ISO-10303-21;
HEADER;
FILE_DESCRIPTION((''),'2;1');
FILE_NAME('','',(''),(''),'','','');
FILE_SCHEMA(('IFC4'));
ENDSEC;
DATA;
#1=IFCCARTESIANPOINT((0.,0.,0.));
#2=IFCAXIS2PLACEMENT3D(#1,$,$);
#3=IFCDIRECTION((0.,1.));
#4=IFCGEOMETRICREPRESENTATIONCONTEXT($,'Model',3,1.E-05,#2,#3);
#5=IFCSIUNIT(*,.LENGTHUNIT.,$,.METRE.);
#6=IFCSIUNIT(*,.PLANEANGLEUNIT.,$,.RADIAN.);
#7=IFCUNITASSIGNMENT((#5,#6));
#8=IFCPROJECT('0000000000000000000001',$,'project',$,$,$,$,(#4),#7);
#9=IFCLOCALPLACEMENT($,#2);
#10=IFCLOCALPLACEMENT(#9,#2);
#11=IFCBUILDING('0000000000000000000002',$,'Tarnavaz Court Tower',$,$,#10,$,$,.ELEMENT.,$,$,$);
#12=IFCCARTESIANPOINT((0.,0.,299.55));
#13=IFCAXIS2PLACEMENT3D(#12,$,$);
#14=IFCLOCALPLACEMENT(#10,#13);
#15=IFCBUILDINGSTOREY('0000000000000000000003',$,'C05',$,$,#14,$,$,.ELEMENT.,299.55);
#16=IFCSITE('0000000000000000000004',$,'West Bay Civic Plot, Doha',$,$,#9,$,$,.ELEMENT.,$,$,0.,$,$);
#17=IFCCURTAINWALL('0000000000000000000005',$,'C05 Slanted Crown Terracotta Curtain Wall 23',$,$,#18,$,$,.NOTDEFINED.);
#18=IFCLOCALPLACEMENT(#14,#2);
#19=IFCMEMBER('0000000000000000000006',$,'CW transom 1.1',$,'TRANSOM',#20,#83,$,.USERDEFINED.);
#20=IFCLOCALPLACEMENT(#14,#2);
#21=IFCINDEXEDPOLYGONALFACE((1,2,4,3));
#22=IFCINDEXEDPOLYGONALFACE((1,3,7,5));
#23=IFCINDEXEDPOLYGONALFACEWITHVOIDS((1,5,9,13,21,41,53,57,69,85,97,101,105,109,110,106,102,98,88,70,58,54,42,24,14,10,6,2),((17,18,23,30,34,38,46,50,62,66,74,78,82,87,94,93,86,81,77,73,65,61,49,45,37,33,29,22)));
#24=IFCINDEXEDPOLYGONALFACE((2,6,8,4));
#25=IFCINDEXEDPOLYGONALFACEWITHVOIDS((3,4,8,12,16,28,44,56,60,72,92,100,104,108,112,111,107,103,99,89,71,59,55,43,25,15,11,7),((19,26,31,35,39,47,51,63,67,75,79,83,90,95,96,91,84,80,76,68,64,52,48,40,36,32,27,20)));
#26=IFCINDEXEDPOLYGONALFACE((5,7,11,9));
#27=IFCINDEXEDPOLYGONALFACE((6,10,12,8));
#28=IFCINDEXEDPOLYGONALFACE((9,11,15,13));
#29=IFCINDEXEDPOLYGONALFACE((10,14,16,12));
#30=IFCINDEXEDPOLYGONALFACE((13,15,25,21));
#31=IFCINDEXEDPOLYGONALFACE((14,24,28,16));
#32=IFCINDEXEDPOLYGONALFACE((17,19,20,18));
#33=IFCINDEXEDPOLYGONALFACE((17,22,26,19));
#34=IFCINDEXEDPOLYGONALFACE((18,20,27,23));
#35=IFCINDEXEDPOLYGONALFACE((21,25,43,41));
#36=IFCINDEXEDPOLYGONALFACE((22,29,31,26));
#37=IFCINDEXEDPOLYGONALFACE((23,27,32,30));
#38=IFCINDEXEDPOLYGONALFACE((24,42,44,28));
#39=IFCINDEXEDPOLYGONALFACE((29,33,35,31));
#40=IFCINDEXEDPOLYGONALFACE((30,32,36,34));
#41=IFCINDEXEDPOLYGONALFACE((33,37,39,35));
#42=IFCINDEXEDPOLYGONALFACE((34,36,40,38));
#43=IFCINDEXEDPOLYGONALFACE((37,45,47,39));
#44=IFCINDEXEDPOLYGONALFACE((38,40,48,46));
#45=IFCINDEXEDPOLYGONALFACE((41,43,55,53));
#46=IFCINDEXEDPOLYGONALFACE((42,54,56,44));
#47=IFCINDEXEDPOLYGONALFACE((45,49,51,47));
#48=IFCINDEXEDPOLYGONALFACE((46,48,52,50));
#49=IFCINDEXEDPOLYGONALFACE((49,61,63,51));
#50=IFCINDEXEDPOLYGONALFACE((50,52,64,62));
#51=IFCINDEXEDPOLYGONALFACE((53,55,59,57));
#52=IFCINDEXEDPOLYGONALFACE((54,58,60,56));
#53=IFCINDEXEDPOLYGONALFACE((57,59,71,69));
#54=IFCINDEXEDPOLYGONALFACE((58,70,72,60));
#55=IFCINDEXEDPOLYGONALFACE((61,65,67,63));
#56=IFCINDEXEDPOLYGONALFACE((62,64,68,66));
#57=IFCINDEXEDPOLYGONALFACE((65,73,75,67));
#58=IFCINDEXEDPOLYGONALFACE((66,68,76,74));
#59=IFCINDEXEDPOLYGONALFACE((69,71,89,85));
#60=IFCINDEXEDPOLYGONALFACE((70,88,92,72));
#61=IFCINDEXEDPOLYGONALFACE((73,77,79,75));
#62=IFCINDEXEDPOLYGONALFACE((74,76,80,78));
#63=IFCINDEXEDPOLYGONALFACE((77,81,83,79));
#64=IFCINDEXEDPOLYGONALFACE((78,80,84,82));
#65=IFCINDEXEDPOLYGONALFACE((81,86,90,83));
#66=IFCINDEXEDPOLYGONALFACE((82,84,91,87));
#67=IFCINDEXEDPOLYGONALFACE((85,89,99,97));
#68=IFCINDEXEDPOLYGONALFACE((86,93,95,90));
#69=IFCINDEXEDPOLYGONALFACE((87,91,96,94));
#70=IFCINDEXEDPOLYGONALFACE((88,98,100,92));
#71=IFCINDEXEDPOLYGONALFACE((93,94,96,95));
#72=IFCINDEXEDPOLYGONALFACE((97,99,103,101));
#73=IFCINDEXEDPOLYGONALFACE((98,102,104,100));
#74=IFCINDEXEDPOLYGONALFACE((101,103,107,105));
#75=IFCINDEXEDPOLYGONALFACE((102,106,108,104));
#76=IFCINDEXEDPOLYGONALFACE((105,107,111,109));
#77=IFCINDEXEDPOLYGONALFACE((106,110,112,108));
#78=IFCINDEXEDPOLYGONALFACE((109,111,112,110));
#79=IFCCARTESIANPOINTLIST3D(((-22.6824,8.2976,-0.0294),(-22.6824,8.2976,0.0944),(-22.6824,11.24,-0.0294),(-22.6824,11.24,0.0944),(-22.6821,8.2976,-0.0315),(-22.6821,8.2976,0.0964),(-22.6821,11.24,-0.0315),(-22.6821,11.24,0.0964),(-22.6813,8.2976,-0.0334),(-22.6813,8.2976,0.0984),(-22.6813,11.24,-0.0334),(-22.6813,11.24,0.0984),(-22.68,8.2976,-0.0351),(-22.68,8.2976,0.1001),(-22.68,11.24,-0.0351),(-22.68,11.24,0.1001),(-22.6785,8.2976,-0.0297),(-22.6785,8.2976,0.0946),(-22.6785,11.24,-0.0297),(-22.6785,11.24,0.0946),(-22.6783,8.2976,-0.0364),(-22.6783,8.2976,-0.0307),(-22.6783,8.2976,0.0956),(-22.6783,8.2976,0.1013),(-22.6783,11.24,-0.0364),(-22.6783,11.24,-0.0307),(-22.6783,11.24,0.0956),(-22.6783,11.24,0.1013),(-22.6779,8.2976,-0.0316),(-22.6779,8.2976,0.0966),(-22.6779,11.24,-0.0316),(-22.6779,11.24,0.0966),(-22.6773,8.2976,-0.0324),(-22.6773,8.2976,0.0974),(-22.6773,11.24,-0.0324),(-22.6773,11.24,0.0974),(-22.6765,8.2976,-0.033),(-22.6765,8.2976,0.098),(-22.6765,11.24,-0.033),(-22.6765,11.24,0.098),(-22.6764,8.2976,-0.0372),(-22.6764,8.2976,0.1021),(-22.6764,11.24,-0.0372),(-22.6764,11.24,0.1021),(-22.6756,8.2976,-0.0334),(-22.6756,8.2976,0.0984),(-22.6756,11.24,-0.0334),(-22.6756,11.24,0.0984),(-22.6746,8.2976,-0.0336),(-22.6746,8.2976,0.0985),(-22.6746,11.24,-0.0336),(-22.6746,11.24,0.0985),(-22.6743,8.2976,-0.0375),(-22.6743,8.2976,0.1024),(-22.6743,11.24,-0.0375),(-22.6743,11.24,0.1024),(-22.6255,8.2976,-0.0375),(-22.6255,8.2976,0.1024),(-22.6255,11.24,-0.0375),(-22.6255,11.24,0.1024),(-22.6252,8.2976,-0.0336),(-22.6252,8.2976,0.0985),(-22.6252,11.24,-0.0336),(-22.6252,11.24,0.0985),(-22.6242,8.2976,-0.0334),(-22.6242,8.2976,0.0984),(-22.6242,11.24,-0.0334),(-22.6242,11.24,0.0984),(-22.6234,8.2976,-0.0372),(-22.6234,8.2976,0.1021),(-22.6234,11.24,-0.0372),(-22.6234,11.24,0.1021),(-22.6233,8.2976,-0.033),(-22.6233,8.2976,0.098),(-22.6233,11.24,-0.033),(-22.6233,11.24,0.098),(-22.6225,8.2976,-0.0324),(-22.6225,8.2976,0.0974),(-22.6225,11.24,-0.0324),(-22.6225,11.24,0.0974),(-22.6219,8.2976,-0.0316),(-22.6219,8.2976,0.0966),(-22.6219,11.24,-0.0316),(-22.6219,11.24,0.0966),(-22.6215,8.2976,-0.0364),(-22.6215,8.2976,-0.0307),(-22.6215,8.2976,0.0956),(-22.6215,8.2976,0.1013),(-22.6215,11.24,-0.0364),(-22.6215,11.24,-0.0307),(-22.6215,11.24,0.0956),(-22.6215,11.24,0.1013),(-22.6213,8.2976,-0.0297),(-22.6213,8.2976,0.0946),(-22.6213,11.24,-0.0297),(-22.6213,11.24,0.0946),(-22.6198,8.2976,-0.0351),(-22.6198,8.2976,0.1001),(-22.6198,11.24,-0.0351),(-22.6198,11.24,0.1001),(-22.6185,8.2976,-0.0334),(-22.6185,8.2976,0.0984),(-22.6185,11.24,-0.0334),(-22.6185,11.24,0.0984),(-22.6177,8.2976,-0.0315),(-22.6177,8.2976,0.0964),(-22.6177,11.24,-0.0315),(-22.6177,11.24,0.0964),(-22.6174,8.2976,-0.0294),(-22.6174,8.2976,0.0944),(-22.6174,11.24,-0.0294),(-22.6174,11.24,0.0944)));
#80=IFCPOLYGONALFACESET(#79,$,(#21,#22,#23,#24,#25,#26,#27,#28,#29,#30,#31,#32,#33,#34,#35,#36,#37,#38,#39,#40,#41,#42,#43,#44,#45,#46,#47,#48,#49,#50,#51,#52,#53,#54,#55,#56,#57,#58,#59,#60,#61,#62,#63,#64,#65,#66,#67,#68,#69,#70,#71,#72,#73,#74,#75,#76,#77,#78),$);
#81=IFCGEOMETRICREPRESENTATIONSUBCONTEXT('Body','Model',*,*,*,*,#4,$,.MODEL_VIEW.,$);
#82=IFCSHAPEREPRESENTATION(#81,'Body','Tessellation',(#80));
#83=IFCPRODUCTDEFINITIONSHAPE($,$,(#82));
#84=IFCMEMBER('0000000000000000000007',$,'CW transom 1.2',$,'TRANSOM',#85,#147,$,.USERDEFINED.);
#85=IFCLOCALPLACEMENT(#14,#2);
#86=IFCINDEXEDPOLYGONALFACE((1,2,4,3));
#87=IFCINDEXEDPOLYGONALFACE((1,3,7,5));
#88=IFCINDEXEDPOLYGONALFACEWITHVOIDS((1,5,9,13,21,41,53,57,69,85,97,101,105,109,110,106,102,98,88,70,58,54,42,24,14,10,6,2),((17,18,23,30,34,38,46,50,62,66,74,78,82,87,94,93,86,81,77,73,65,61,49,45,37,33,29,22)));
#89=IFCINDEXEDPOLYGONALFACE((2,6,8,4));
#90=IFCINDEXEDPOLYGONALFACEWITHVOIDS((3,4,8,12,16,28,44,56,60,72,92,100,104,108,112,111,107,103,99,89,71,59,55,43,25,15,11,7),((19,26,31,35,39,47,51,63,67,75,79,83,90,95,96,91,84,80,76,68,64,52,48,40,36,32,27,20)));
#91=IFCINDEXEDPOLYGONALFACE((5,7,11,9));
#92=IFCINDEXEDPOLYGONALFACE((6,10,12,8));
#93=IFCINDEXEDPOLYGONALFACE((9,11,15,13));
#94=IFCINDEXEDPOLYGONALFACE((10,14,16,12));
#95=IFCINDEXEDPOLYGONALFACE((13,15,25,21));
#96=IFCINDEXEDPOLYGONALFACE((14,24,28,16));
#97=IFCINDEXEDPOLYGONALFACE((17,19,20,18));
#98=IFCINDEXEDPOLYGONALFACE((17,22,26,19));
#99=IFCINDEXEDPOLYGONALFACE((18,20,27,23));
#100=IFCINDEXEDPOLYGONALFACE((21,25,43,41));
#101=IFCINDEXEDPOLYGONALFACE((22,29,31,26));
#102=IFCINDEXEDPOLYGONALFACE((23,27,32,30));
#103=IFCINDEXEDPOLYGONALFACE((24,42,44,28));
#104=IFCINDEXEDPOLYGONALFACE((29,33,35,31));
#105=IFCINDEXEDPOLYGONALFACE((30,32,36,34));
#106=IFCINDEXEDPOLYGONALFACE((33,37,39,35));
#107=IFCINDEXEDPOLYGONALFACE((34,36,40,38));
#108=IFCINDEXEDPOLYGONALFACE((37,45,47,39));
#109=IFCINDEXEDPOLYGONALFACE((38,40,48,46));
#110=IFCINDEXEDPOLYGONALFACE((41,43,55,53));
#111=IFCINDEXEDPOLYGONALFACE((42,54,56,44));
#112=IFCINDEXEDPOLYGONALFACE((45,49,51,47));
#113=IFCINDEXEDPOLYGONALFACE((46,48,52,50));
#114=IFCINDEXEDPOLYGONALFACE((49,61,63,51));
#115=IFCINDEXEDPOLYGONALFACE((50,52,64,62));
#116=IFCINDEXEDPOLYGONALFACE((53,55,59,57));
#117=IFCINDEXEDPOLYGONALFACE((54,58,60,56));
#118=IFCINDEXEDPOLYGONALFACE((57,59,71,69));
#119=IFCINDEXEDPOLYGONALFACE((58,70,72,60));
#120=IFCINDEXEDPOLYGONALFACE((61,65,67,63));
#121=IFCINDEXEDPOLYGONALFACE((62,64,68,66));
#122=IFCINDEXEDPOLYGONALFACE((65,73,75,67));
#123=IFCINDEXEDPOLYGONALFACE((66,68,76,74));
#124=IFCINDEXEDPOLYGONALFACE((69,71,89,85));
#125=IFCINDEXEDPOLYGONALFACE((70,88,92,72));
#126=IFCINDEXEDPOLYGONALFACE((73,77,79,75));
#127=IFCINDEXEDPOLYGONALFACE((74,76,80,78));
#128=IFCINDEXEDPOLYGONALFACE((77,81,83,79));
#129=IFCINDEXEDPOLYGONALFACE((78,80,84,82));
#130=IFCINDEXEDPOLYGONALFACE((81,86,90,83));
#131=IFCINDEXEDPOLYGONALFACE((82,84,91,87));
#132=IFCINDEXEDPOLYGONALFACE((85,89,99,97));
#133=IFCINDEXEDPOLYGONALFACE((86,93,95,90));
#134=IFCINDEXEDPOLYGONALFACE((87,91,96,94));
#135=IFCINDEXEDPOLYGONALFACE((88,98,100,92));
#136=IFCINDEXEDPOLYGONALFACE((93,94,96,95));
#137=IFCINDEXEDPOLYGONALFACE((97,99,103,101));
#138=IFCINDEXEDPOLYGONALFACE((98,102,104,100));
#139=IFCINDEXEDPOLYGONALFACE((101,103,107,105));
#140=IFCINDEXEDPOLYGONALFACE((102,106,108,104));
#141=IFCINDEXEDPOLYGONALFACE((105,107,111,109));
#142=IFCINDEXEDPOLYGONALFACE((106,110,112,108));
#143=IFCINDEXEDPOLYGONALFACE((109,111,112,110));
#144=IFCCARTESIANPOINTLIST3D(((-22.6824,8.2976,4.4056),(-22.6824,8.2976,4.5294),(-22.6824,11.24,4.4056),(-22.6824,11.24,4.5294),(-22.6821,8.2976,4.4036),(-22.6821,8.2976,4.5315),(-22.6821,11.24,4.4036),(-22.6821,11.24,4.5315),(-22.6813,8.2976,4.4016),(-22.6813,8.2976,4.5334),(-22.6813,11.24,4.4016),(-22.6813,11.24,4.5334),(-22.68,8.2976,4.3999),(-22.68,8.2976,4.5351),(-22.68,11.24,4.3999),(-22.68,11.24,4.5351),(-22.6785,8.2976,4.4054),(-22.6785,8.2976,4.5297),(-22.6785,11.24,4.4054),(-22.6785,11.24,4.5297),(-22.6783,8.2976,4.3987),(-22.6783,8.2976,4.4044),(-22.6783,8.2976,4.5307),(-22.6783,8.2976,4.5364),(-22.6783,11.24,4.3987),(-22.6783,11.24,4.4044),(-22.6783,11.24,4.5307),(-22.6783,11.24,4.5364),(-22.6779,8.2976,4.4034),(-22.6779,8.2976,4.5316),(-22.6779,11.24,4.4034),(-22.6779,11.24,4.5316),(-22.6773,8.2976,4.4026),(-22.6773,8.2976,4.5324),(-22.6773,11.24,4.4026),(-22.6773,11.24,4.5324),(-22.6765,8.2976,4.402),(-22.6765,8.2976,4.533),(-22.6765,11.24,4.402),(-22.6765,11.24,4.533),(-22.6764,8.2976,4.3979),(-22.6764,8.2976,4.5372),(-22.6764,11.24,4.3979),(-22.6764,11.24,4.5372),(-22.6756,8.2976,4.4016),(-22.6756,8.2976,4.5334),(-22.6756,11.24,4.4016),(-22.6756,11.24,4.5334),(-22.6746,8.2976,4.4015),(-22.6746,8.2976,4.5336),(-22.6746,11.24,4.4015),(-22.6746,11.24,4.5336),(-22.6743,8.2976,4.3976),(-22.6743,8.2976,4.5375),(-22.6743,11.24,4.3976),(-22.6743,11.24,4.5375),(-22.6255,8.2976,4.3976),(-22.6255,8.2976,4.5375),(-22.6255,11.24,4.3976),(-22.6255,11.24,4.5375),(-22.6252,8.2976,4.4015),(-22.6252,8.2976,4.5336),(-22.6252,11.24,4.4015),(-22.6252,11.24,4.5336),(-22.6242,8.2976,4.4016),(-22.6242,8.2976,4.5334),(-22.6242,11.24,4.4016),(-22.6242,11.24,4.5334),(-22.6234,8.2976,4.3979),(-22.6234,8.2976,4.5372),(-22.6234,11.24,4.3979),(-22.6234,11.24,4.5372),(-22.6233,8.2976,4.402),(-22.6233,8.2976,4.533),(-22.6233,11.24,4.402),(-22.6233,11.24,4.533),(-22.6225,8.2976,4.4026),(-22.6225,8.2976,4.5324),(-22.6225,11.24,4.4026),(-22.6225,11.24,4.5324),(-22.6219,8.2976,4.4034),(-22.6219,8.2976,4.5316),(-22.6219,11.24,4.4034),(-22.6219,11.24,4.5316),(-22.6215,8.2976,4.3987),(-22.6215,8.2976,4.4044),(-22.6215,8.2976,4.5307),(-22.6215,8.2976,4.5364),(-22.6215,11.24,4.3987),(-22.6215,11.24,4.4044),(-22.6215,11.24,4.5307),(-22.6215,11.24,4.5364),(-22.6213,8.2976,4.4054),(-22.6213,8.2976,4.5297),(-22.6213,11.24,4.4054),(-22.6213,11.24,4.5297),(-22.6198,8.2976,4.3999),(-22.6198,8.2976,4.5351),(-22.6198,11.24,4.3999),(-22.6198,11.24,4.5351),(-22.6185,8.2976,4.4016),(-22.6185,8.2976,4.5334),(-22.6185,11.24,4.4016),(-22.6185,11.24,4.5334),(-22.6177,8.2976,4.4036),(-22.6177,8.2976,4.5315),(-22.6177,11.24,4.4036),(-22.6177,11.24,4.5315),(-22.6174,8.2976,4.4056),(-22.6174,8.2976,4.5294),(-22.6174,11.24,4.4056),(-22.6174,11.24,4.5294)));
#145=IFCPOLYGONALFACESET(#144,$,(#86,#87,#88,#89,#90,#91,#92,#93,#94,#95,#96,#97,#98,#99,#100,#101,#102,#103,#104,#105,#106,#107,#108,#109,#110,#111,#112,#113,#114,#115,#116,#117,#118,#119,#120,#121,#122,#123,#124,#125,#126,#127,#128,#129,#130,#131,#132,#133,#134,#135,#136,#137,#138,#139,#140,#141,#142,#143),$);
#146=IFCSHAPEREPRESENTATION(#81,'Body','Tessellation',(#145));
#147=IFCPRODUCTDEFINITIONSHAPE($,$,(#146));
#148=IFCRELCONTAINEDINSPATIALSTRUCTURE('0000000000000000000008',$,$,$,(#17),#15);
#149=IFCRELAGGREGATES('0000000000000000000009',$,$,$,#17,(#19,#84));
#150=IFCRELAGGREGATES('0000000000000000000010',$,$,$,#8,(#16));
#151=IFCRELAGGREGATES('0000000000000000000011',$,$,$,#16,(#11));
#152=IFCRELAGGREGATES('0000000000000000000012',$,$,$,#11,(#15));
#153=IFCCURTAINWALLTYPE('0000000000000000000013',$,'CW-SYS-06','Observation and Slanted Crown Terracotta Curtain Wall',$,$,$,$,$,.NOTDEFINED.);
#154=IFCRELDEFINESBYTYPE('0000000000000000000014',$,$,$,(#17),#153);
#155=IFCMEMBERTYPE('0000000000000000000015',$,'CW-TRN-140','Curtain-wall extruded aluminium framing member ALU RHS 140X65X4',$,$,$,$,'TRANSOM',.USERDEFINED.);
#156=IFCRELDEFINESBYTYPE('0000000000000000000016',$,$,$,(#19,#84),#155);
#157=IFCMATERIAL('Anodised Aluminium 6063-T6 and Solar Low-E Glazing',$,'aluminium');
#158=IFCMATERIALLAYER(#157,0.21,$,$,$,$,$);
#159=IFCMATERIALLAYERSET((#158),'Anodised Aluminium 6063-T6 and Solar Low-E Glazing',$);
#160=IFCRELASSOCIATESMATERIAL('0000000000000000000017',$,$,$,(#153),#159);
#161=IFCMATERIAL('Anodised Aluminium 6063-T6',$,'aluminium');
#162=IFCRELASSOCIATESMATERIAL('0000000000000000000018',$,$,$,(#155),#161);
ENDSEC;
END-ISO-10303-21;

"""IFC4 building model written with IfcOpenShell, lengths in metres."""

from ifc_helpers import new_model, si_unit, direction, frame, origin, origin_2d, place, context, subcontext, project, spatial, hollow_rectangle, extrude, material, layer, layer_set, material_profile, profile_set, type_object, element, aggregate, save


model = new_model("IFC4")

# Units and contexts
model_context = context("Model", 3, precision=1e-05, world=origin(), true_north=direction((0.0, 1.0)))
body_context = subcontext(model_context, "Body", "Model", "MODEL_VIEW")
ifc_project = project(units=[si_unit("LENGTHUNIT", "METRE"), si_unit("PLANEANGLEUNIT", "RADIAN")], contexts=[model_context])

# Site, building, storey
site_placement = place(None, origin())
site = spatial("IfcSite", under=ifc_project, at=site_placement, Name="West Bay Civic Plot, Doha", CompositionType="ELEMENT", RefElevation=0.0)
building_placement = place(site_placement, origin())
building = spatial("IfcBuilding", under=site, at=building_placement, Name="Tarnavaz Court Tower", CompositionType="ELEMENT")
storey_placement = place(building_placement, frame((0.0, 0.0, 299.55)))
storey = spatial("IfcBuildingStorey", under=building, at=storey_placement, Name="C05", CompositionType="ELEMENT", Elevation=299.55)

# Shared definitions
ifc_material_1 = material(Name="Anodised Aluminium 6063-T6 and Solar Low-E Glazing", Category="aluminium")
ifc_layer_1 = layer(ifc_material_1, 0.21)
ifc_layer_set_1 = layer_set([ifc_layer_1], Name="Anodised Aluminium 6063-T6 and Solar Low-E Glazing")
curtain_wall_type = type_object("IfcCurtainWallType", Name="CW-SYS-06", Description="Observation and Slanted Crown Terracotta Curtain Wall", PredefinedType="NOTDEFINED", material=ifc_layer_set_1)
ifc_material_2 = material(Name="Anodised Aluminium 6063-T6", Category="aluminium")

# Curtain wall
curtain_wall_1_placement = place(storey_placement, origin())
curtain_wall_1 = element("IfcCurtainWall", 1, at=curtain_wall_1_placement, inside=storey, type_object=curtain_wall_type, Name="C05 Slanted Crown Terracotta Curtain Wall 23", PredefinedType="NOTDEFINED")

# Members
ifc_material_profile_1 = material_profile(ifc_material_2, hollow_rectangle(XDim=0.0649, YDim=0.1399, WallThickness=0.0039, InnerFilletRadius=0.0039, OuterFilletRadius=0.0081, at=origin_2d()), Name="ALU RHS 140X65X4")
ifc_profile_set_1 = profile_set([ifc_material_profile_1], Name="Anodised Aluminium 6063-T6")
member_type_1 = type_object("IfcMemberType", Name="CW-TRN-140", Description="Curtain-wall extruded aluminium framing member ALU RHS 140X65X4", ElementType="TRANSOM", PredefinedType="USERDEFINED", material=ifc_profile_set_1)
member_1_placement = place(storey_placement, frame((-22.6499, 8.2976, 0.0325), z_axis=(0.0, 1.0, 0.0), x_axis=(-1.0, 0.0, 0.0)))
member_1 = element("IfcMember", 2, at=member_1_placement, type_object=member_type_1, Name="CW transom 1.1", ObjectType="TRANSOM", PredefinedType="USERDEFINED", context=body_context, shape_type="SweptSolid", body=[
    extrude(hollow_rectangle(XDim=0.0649, YDim=0.1399, WallThickness=0.0039, InnerFilletRadius=0.0039, OuterFilletRadius=0.0081, at=origin_2d()), origin(), (0.0, 0.0, 1.0), 2.9424),
])
member_2_placement = place(storey_placement, frame((-22.6499, 8.2976, 4.4675), z_axis=(0.0, 1.0, 0.0), x_axis=(-1.0, 0.0, 0.0)))
member_2 = element("IfcMember", 3, at=member_2_placement, type_object=member_type_1, Name="CW transom 1.2", ObjectType="TRANSOM", PredefinedType="USERDEFINED", context=body_context, shape_type="SweptSolid", body=[
    extrude(hollow_rectangle(XDim=0.0649, YDim=0.1399, WallThickness=0.0039, InnerFilletRadius=0.0039, OuterFilletRadius=0.0081, at=origin_2d()), origin(), (0.0, 0.0, 1.0), 2.9424),
])

aggregate(curtain_wall_1, [member_1, member_2])

save(model, "model.ifc")
